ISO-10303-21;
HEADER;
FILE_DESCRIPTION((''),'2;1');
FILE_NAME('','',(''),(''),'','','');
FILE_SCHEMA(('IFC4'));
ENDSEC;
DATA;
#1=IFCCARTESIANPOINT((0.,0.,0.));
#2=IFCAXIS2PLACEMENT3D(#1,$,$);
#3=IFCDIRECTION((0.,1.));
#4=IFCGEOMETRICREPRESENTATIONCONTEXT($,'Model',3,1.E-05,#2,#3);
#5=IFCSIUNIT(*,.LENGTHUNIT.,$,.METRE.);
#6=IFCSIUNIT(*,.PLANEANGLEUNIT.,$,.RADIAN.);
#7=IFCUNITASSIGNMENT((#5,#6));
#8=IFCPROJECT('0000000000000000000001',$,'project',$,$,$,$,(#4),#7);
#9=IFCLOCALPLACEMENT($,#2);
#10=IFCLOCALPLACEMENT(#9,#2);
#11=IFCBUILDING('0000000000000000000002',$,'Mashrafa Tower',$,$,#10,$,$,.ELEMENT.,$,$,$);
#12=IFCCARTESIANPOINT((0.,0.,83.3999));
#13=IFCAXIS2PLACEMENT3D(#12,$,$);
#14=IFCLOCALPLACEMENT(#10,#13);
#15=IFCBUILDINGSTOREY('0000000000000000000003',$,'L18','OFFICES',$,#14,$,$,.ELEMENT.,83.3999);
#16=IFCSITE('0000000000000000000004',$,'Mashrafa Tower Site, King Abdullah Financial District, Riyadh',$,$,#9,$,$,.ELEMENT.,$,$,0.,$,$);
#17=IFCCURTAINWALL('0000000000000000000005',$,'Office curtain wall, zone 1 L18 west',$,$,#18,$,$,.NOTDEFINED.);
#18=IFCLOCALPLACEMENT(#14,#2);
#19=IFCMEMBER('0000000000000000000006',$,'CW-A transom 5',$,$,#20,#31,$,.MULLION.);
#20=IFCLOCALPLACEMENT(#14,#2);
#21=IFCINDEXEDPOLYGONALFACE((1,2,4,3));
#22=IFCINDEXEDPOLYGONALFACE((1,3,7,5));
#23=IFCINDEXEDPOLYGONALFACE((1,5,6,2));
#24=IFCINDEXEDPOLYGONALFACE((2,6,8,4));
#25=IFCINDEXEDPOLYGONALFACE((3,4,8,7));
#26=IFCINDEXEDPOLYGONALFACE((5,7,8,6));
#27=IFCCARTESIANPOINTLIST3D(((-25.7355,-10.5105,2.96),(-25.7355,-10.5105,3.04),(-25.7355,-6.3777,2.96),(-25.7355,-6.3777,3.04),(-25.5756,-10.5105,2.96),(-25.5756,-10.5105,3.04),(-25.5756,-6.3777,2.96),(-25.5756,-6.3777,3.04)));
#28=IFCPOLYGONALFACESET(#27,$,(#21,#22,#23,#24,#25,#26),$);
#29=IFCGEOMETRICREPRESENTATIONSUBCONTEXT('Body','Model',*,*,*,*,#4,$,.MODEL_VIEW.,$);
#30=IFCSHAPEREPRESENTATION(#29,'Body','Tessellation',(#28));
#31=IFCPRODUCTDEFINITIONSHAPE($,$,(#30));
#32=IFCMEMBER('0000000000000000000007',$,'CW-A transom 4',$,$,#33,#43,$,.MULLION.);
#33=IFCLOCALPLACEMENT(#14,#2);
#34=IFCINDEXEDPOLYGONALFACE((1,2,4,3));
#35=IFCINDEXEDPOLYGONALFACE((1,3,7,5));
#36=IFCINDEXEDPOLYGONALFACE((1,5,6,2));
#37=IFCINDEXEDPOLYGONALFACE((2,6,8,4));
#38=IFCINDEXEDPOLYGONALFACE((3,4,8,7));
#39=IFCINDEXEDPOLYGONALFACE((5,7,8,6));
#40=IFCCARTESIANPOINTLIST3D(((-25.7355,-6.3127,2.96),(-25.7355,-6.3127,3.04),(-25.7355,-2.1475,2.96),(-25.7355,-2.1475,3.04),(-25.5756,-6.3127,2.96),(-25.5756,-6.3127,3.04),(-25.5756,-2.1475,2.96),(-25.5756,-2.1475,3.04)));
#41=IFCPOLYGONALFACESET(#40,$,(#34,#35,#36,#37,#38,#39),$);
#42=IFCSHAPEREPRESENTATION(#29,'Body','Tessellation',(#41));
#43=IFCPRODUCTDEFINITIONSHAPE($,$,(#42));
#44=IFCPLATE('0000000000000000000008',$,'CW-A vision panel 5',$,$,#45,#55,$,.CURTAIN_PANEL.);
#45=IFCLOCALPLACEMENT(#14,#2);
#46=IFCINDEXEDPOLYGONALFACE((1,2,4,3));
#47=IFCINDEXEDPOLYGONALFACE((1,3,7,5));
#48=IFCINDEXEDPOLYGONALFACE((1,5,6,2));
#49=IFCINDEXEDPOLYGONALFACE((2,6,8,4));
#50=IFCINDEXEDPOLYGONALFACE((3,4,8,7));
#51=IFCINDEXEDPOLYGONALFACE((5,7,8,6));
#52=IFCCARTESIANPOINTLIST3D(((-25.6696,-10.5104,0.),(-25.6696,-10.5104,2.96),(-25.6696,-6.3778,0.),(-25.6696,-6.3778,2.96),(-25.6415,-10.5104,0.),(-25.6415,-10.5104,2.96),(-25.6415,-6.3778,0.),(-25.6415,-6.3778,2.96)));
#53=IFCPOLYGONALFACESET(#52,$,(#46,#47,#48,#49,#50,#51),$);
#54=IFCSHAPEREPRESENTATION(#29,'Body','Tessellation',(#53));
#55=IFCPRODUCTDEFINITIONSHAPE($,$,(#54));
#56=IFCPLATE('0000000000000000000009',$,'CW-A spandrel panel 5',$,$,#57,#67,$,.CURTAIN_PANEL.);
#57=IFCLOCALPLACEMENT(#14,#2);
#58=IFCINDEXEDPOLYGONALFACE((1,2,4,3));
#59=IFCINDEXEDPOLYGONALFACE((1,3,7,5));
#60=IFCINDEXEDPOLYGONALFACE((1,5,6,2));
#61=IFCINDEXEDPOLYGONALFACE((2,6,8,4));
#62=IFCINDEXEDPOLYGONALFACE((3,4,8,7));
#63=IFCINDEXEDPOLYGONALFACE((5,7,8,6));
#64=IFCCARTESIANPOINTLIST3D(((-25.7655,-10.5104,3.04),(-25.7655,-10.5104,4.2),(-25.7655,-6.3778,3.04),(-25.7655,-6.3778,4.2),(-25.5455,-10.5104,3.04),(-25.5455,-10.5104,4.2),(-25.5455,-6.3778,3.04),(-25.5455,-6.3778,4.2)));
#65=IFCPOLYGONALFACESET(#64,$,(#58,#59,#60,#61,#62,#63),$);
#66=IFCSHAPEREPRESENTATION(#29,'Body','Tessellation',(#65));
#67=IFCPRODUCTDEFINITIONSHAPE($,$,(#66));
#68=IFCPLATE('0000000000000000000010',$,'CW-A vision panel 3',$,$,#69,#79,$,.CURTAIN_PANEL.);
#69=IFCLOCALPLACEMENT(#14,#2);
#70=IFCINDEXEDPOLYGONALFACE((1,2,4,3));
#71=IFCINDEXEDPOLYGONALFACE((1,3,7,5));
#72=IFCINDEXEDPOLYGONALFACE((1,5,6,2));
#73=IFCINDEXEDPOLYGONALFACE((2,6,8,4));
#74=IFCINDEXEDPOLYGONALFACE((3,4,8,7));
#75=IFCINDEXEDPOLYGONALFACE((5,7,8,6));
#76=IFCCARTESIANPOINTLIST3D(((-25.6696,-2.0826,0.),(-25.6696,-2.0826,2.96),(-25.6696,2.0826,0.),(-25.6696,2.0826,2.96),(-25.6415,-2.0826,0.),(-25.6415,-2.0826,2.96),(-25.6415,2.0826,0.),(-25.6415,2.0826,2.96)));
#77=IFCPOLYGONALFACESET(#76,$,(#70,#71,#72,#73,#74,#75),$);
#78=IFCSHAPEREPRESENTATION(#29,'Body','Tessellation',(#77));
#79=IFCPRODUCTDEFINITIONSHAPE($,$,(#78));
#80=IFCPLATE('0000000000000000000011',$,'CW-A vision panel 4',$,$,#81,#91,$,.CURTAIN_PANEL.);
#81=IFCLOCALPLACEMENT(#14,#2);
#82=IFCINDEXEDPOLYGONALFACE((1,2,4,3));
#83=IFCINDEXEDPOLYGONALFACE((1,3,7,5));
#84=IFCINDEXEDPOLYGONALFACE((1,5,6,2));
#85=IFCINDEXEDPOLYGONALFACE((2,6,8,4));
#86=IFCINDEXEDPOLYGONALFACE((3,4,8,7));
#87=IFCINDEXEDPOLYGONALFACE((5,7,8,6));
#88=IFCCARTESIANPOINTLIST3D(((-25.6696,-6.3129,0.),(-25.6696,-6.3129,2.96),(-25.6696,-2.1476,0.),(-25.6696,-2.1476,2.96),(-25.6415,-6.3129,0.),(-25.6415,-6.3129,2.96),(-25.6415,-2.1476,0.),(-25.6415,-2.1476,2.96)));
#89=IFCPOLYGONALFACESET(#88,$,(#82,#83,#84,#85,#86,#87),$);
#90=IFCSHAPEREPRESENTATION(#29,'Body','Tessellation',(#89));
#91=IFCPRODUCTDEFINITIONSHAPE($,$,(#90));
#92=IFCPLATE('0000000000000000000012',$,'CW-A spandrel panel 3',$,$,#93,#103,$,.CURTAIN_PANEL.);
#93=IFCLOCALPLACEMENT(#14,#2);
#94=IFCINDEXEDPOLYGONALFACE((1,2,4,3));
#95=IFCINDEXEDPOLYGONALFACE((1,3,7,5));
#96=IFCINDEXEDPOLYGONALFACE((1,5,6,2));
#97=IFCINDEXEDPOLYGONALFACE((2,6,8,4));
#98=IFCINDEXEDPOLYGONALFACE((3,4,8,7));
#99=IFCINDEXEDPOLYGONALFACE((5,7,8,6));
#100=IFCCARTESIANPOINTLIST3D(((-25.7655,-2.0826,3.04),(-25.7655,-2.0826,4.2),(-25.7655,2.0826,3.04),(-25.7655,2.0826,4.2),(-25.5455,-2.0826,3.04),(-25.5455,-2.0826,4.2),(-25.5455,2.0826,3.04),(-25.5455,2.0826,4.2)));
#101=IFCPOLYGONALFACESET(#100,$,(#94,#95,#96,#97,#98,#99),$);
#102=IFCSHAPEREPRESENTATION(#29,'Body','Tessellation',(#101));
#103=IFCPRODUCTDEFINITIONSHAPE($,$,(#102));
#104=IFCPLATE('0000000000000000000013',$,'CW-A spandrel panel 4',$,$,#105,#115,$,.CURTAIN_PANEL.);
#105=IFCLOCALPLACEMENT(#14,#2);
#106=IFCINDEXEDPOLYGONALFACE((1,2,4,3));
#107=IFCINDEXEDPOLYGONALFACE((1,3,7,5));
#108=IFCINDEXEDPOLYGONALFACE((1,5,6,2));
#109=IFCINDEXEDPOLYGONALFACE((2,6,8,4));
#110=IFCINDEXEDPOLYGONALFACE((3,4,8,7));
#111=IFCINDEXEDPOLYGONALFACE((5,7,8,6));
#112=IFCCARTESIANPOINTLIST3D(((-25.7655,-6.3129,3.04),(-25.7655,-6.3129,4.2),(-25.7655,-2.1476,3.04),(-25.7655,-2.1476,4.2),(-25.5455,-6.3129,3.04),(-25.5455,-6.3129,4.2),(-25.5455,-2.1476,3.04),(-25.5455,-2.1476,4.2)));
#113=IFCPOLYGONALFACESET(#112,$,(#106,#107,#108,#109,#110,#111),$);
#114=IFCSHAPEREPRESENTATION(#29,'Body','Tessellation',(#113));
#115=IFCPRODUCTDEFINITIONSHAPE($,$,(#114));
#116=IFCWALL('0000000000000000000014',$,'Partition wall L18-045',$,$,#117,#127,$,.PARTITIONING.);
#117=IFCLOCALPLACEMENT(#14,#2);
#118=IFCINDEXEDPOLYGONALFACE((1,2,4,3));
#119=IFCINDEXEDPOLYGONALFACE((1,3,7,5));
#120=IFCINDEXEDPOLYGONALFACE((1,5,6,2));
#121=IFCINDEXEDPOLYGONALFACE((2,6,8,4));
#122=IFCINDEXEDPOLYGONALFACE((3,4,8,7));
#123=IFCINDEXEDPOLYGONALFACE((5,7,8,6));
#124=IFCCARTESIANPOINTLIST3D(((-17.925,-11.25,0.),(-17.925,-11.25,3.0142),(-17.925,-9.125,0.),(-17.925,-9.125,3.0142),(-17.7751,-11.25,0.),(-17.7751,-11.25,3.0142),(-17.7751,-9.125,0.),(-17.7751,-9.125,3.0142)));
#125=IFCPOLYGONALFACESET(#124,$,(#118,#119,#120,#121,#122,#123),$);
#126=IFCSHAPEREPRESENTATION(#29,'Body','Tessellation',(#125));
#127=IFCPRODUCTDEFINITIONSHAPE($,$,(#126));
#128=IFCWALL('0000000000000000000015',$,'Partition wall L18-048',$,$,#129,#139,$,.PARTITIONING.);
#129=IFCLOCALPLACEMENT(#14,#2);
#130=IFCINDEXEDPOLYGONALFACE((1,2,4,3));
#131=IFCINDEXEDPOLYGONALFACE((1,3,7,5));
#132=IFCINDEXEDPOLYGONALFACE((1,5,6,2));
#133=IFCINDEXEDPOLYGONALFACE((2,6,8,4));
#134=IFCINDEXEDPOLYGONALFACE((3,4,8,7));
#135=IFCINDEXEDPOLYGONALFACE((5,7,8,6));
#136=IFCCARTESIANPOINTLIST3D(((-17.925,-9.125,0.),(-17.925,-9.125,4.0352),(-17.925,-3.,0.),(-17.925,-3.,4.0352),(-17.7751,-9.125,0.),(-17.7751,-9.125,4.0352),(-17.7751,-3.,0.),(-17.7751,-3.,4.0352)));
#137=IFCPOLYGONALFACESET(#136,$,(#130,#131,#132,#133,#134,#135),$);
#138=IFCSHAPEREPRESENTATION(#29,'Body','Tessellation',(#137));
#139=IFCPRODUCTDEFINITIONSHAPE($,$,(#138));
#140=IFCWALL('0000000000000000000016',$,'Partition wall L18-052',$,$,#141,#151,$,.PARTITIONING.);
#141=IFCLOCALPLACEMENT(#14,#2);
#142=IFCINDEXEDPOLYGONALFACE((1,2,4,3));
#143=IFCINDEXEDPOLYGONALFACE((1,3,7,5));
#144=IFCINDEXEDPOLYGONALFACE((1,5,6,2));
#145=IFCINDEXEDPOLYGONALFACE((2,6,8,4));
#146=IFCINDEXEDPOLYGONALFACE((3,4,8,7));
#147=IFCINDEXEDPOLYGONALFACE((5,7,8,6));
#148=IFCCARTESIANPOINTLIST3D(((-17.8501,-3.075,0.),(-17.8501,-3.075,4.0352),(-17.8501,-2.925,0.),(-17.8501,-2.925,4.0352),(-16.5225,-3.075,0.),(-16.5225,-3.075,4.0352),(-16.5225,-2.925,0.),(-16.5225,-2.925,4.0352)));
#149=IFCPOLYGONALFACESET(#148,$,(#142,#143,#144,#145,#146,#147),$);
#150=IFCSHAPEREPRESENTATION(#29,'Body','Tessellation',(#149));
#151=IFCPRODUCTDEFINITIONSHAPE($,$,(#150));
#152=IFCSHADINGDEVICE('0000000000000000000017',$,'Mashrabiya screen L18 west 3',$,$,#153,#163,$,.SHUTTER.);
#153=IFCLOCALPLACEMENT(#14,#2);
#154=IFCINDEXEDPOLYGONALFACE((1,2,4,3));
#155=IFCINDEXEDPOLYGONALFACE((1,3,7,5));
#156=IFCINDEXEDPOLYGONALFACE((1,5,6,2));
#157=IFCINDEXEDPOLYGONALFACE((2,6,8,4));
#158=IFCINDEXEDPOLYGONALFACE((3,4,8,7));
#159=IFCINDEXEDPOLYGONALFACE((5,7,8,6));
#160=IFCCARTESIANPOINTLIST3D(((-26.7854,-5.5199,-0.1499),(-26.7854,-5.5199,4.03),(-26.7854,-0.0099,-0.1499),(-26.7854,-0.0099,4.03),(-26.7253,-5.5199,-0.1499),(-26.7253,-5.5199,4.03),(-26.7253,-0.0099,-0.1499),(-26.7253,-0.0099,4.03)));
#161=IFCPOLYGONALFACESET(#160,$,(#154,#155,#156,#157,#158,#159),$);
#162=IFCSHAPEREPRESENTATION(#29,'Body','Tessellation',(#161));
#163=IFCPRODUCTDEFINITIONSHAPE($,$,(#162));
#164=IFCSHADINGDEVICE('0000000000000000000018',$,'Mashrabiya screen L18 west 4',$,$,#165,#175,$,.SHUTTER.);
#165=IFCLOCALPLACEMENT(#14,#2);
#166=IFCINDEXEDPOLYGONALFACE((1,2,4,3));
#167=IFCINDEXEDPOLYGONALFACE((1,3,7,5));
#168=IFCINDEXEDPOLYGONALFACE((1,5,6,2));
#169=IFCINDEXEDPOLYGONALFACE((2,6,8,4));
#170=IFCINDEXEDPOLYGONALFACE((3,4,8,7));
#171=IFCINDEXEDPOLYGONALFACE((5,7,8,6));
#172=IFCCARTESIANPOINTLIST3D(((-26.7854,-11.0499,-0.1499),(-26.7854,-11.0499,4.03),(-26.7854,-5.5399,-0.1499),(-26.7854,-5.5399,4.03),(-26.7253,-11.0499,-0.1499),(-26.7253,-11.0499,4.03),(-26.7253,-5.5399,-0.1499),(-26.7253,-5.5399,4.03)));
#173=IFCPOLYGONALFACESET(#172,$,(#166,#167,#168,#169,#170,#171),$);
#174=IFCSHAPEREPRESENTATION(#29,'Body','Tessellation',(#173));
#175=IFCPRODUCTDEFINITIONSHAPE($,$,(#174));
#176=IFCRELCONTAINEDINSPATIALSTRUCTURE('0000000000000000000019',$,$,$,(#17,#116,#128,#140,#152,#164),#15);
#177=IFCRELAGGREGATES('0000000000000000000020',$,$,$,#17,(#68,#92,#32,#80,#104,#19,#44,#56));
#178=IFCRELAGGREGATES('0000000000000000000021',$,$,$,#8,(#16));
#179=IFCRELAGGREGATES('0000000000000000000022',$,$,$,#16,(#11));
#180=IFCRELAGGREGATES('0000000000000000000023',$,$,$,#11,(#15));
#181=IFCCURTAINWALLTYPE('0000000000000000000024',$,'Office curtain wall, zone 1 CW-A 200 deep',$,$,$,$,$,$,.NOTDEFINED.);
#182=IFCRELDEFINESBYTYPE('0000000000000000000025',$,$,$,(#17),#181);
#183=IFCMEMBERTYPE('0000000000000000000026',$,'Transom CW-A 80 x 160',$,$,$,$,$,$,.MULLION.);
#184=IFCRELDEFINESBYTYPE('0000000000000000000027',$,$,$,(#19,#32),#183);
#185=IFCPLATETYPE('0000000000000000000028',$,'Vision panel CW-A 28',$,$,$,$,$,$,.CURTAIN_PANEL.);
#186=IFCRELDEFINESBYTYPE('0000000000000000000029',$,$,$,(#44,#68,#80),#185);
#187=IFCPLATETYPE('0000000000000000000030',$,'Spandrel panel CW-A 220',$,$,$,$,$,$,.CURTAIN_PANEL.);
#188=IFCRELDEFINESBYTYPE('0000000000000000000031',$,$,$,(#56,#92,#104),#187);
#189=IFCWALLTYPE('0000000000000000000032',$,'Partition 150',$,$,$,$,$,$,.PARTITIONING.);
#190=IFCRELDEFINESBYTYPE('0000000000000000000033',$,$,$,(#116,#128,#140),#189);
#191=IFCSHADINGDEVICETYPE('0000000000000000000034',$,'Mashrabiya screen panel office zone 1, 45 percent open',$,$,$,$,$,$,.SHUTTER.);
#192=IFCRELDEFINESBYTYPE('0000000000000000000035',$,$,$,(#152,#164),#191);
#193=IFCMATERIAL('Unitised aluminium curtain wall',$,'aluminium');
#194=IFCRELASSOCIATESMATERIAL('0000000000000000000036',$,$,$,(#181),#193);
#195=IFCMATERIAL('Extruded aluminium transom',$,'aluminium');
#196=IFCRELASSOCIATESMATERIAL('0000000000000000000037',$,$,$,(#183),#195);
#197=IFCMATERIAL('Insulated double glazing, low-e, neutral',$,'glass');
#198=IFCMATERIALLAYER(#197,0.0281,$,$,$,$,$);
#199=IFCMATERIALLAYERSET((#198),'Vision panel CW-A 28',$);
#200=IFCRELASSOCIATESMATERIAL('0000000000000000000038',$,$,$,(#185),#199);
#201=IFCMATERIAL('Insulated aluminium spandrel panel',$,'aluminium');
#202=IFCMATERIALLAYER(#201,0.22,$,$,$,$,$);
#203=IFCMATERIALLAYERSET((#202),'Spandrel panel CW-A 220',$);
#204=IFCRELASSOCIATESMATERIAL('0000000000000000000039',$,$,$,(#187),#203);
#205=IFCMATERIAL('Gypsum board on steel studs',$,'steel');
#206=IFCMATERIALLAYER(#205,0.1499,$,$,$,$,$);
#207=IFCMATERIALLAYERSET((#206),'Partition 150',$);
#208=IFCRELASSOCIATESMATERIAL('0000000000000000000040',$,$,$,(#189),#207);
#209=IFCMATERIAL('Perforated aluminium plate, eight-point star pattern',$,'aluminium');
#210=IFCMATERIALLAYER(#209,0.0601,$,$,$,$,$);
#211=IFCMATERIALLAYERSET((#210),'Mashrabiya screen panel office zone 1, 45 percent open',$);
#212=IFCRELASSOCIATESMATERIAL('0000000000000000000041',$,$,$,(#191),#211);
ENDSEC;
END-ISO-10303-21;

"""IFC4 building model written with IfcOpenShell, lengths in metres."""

from ifc_helpers import new_model, si_unit, direction, frame, frame_2d, origin, origin_2d, place, context, subcontext, project, spatial, rectangle, extrude, source, transform, mapped, material, layer, layer_set, material_profile, profile_set, type_object, type_shapes, element, aggregate, save


model = new_model("IFC4")

# Units and contexts
model_context = context("Model", 3, precision=1e-05, world=origin(), true_north=direction((0.0, 1.0)))
body_context = subcontext(model_context, "Body", "Model", "MODEL_VIEW")
ifc_project = project(units=[si_unit("LENGTHUNIT", "METRE"), si_unit("PLANEANGLEUNIT", "RADIAN")], contexts=[model_context])

# Site, building, storey
site_placement = place(None, origin())
site = spatial("IfcSite", under=ifc_project, at=site_placement, Name="Mashrafa Tower Site, King Abdullah Financial District, Riyadh", CompositionType="ELEMENT", RefElevation=0.0)
building_placement = place(site_placement, origin())
building = spatial("IfcBuilding", under=site, at=building_placement, Name="Mashrafa Tower", CompositionType="ELEMENT")
storey_placement = place(building_placement, frame((0.0, 0.0, 83.3999)))
storey = spatial("IfcBuildingStorey", under=building, at=storey_placement, Name="L18", Description="OFFICES", CompositionType="ELEMENT", Elevation=83.3999)

# Curtain wall, members, plates
ifc_material_1 = material(Name="Unitised aluminium curtain wall", Category="aluminium")
curtain_wall_type = type_object("IfcCurtainWallType", Name="Office curtain wall, zone 1 CW-A 200 deep", PredefinedType="NOTDEFINED", material=ifc_material_1)
curtain_wall_placement = place(storey_placement, origin())
curtain_wall = element("IfcCurtainWall", 1, at=curtain_wall_placement, inside=storey, type_object=curtain_wall_type, Name="Office curtain wall, zone 1 L18 west", PredefinedType="NOTDEFINED")
ifc_material_2 = material(Name="Extruded aluminium transom", Category="aluminium")
ifc_material_profile_1 = material_profile(ifc_material_2, rectangle(XDim=0.1599, YDim=0.0801, at=origin_2d()), Name="Transom 80x160")
ifc_profile_set_1 = profile_set([ifc_material_profile_1], Name="Extruded aluminium transom")
member_type_1 = type_object("IfcMemberType", Name="Transom CW-A 80 x 160", PredefinedType="MULLION", material=ifc_profile_set_1)
shared_shape_1 = source(origin(), body_context, "Body", "SweptSolid", [
    extrude(rectangle(XDim=0.1599, YDim=0.0801, at=origin_2d()), origin(), (0.0, 0.0, 1.0), 4.1328),
])
member_1_placement = place(storey_placement, frame((-25.6555, -6.3777, 3.0), z_axis=(0.0, -1.0, 0.0), x_axis=(1.0, 0.0, 0.0)))
member_1 = element("IfcMember", 2, at=member_1_placement, type_object=member_type_1, Name="CW-A transom 5", PredefinedType="MULLION", context=body_context, shape_type="MappedRepresentation", body=[
    mapped(shared_shape_1, transform((0.0, 0.0, 0.0))),
])
shared_shape_2 = source(origin(), body_context, "Body", "SweptSolid", [
    extrude(rectangle(XDim=0.1599, YDim=0.0801, at=origin_2d()), origin(), (0.0, 0.0, 1.0), 4.1653),
])
type_shapes(member_type_1, [shared_shape_1, shared_shape_2])
member_2_placement = place(storey_placement, frame((-25.6555, -2.1475, 3.0), z_axis=(0.0, -1.0, 0.0), x_axis=(1.0, 0.0, 0.0)))
member_2 = element("IfcMember", 3, at=member_2_placement, type_object=member_type_1, Name="CW-A transom 4", PredefinedType="MULLION", context=body_context, shape_type="MappedRepresentation", body=[
    mapped(shared_shape_2, transform((0.0, 0.0, 0.0))),
])
ifc_material_3 = material(Name="Insulated double glazing, low-e, neutral", Category="glass")
ifc_layer_1 = layer(ifc_material_3, 0.0281)
ifc_layer_set_1 = layer_set([ifc_layer_1], Name="Vision panel CW-A 28")
plate_type_1 = type_object("IfcPlateType", Name="Vision panel CW-A 28", PredefinedType="CURTAIN_PANEL", material=ifc_layer_set_1)
shared_shape_3 = source(origin(), body_context, "Body", "SweptSolid", [
    extrude(rectangle(XDim=4.1326, YDim=0.0281, at=origin_2d()), origin(), (0.0, 0.0, 1.0), 2.96),
])
plate_1_placement = place(storey_placement, frame((-25.6555, -8.4441, 0.0), z_axis=(0.0, 0.0, 1.0), x_axis=(0.0, -1.0, 0.0)))
plate_1 = element("IfcPlate", 4, at=plate_1_placement, type_object=plate_type_1, Name="CW-A vision panel 5", PredefinedType="CURTAIN_PANEL", context=body_context, shape_type="MappedRepresentation", body=[
    mapped(shared_shape_3, transform((0.0, 0.0, 0.0))),
])
ifc_material_4 = material(Name="Insulated aluminium spandrel panel", Category="aluminium")
ifc_layer_2 = layer(ifc_material_4, 0.22)
ifc_layer_set_2 = layer_set([ifc_layer_2], Name="Spandrel panel CW-A 220")
plate_type_2 = type_object("IfcPlateType", Name="Spandrel panel CW-A 220", PredefinedType="CURTAIN_PANEL", material=ifc_layer_set_2)
shared_shape_4 = source(origin(), body_context, "Body", "SweptSolid", [
    extrude(rectangle(XDim=4.1326, YDim=0.22, at=origin_2d()), origin(), (0.0, 0.0, 1.0), 1.1599),
])
plate_2_placement = place(storey_placement, frame((-25.6555, -8.4441, 3.04), z_axis=(0.0, 0.0, 1.0), x_axis=(0.0, -1.0, 0.0)))
plate_2 = element("IfcPlate", 5, at=plate_2_placement, type_object=plate_type_2, Name="CW-A spandrel panel 5", PredefinedType="CURTAIN_PANEL", context=body_context, shape_type="MappedRepresentation", body=[
    mapped(shared_shape_4, transform((0.0, 0.0, 0.0))),
])
shared_shape_5 = source(origin(), body_context, "Body", "SweptSolid", [
    extrude(rectangle(XDim=4.1653, YDim=0.0281, at=origin_2d()), origin(), (0.0, 0.0, 1.0), 2.96),
])
type_shapes(plate_type_1, [shared_shape_3, shared_shape_5])
plate_3_placement = place(storey_placement, frame((-25.6555, 0.0, 0.0), z_axis=(0.0, 0.0, 1.0), x_axis=(0.0, -1.0, 0.0)))
plate_3 = element("IfcPlate", 6, at=plate_3_placement, type_object=plate_type_1, Name="CW-A vision panel 3", PredefinedType="CURTAIN_PANEL", context=body_context, shape_type="MappedRepresentation", body=[
    mapped(shared_shape_5, transform((0.0, 0.0, 0.0))),
])
plate_4_placement = place(storey_placement, frame((-25.6555, -4.2302, 0.0), z_axis=(0.0, 0.0, 1.0), x_axis=(0.0, -1.0, 0.0)))
plate_4 = element("IfcPlate", 7, at=plate_4_placement, type_object=plate_type_1, Name="CW-A vision panel 4", PredefinedType="CURTAIN_PANEL", context=body_context, shape_type="MappedRepresentation", body=[
    mapped(shared_shape_5, transform((0.0, 0.0, 0.0))),
])
shared_shape_6 = source(origin(), body_context, "Body", "SweptSolid", [
    extrude(rectangle(XDim=4.1653, YDim=0.22, at=origin_2d()), origin(), (0.0, 0.0, 1.0), 1.1599),
])
type_shapes(plate_type_2, [shared_shape_4, shared_shape_6])
plate_5_placement = place(storey_placement, frame((-25.6555, 0.0, 3.04), z_axis=(0.0, 0.0, 1.0), x_axis=(0.0, -1.0, 0.0)))
plate_5 = element("IfcPlate", 8, at=plate_5_placement, type_object=plate_type_2, Name="CW-A spandrel panel 3", PredefinedType="CURTAIN_PANEL", context=body_context, shape_type="MappedRepresentation", body=[
    mapped(shared_shape_6, transform((0.0, 0.0, 0.0))),
])
plate_6_placement = place(storey_placement, frame((-25.6555, -4.2302, 3.04), z_axis=(0.0, 0.0, 1.0), x_axis=(0.0, -1.0, 0.0)))
plate_6 = element("IfcPlate", 9, at=plate_6_placement, type_object=plate_type_2, Name="CW-A spandrel panel 4", PredefinedType="CURTAIN_PANEL", context=body_context, shape_type="MappedRepresentation", body=[
    mapped(shared_shape_6, transform((0.0, 0.0, 0.0))),
])
aggregate(curtain_wall, [plate_3, plate_5, member_2, plate_4, plate_6, member_1, plate_1, plate_2])

# Walls
ifc_material_5 = material(Name="Gypsum board on steel studs", Category="steel")
ifc_layer_3 = layer(ifc_material_5, 0.1499)
ifc_layer_set_3 = layer_set([ifc_layer_3], Name="Partition 150")
wall_type = type_object("IfcWallType", Name="Partition 150", PredefinedType="PARTITIONING", material=ifc_layer_set_3)
wall_1_placement = place(storey_placement, frame((-17.8501, -9.125, 0.0), z_axis=(0.0, 0.0, 1.0), x_axis=(0.0, -1.0, 0.0)))
element("IfcWall", 10, at=wall_1_placement, inside=storey, type_object=wall_type, Name="Partition wall L18-045", PredefinedType="PARTITIONING", context=body_context, shape_type="SweptSolid", body=[
    extrude(rectangle(XDim=2.125, YDim=0.1499, at=frame_2d((1.0625, 0.0))), origin(), (0.0, 0.0, 1.0), 3.0142),
])
wall_2_placement = place(storey_placement, frame((-17.8501, -9.125, 0.0), z_axis=(0.0, 0.0, 1.0), x_axis=(0.0, 1.0, 0.0)))
element("IfcWall", 11, at=wall_2_placement, inside=storey, type_object=wall_type, Name="Partition wall L18-048", PredefinedType="PARTITIONING", context=body_context, shape_type="SweptSolid", body=[
    extrude(rectangle(XDim=6.125, YDim=0.1499, at=frame_2d((3.0625, 0.0))), origin(), (0.0, 0.0, 1.0), 4.0352),
])
wall_3_placement = place(storey_placement, frame((-16.5225, -3.0, 0.0), z_axis=(0.0, 0.0, 1.0), x_axis=(-1.0, 0.0, 0.0)))
element("IfcWall", 12, at=wall_3_placement, inside=storey, type_object=wall_type, Name="Partition wall L18-052", PredefinedType="PARTITIONING", context=body_context, shape_type="SweptSolid", body=[
    extrude(rectangle(XDim=1.3276, YDim=0.1499, at=frame_2d((0.6638, 0.0))), origin(), (0.0, 0.0, 1.0), 4.0352),
])

# Shading devices
ifc_material_6 = material(Name="Perforated aluminium plate, eight-point star pattern", Category="aluminium")
ifc_layer_4 = layer(ifc_material_6, 0.0601)
ifc_layer_set_4 = layer_set([ifc_layer_4], Name="Mashrabiya screen panel office zone 1, 45 percent open")
shading_device_type = type_object("IfcShadingDeviceType", Name="Mashrabiya screen panel office zone 1, 45 percent open", PredefinedType="SHUTTER", material=ifc_layer_set_4)
shared_shape_7 = source(origin(), body_context, "Body", "SweptSolid", [
    extrude(rectangle(XDim=5.51, YDim=0.0601, at=origin_2d()), origin(), (0.0, 0.0, 1.0), 4.1799),
])
type_shapes(shading_device_type, [shared_shape_7])
for number, where, z_axis, x_axis, name in (
    (13, (-26.7554, -2.7649, -0.1499), (0.0, 0.0, 1.0), (0.0, -1.0, 0.0), "Mashrabiya screen L18 west 3"),
    (14, (-26.7554, -8.2949, -0.1499), (0.0, 0.0, 1.0), (0.0, -1.0, 0.0), "Mashrabiya screen L18 west 4"),
):
    element("IfcShadingDevice", number, at=place(storey_placement, frame(where, z_axis=z_axis, x_axis=x_axis)), inside=storey, type_object=shading_device_type, Name=name, PredefinedType="SHUTTER", context=body_context, shape_type="MappedRepresentation", body=[
        mapped(shared_shape_7, transform((0.0, 0.0, 0.0))),
    ])

save(model, "model.ifc")
